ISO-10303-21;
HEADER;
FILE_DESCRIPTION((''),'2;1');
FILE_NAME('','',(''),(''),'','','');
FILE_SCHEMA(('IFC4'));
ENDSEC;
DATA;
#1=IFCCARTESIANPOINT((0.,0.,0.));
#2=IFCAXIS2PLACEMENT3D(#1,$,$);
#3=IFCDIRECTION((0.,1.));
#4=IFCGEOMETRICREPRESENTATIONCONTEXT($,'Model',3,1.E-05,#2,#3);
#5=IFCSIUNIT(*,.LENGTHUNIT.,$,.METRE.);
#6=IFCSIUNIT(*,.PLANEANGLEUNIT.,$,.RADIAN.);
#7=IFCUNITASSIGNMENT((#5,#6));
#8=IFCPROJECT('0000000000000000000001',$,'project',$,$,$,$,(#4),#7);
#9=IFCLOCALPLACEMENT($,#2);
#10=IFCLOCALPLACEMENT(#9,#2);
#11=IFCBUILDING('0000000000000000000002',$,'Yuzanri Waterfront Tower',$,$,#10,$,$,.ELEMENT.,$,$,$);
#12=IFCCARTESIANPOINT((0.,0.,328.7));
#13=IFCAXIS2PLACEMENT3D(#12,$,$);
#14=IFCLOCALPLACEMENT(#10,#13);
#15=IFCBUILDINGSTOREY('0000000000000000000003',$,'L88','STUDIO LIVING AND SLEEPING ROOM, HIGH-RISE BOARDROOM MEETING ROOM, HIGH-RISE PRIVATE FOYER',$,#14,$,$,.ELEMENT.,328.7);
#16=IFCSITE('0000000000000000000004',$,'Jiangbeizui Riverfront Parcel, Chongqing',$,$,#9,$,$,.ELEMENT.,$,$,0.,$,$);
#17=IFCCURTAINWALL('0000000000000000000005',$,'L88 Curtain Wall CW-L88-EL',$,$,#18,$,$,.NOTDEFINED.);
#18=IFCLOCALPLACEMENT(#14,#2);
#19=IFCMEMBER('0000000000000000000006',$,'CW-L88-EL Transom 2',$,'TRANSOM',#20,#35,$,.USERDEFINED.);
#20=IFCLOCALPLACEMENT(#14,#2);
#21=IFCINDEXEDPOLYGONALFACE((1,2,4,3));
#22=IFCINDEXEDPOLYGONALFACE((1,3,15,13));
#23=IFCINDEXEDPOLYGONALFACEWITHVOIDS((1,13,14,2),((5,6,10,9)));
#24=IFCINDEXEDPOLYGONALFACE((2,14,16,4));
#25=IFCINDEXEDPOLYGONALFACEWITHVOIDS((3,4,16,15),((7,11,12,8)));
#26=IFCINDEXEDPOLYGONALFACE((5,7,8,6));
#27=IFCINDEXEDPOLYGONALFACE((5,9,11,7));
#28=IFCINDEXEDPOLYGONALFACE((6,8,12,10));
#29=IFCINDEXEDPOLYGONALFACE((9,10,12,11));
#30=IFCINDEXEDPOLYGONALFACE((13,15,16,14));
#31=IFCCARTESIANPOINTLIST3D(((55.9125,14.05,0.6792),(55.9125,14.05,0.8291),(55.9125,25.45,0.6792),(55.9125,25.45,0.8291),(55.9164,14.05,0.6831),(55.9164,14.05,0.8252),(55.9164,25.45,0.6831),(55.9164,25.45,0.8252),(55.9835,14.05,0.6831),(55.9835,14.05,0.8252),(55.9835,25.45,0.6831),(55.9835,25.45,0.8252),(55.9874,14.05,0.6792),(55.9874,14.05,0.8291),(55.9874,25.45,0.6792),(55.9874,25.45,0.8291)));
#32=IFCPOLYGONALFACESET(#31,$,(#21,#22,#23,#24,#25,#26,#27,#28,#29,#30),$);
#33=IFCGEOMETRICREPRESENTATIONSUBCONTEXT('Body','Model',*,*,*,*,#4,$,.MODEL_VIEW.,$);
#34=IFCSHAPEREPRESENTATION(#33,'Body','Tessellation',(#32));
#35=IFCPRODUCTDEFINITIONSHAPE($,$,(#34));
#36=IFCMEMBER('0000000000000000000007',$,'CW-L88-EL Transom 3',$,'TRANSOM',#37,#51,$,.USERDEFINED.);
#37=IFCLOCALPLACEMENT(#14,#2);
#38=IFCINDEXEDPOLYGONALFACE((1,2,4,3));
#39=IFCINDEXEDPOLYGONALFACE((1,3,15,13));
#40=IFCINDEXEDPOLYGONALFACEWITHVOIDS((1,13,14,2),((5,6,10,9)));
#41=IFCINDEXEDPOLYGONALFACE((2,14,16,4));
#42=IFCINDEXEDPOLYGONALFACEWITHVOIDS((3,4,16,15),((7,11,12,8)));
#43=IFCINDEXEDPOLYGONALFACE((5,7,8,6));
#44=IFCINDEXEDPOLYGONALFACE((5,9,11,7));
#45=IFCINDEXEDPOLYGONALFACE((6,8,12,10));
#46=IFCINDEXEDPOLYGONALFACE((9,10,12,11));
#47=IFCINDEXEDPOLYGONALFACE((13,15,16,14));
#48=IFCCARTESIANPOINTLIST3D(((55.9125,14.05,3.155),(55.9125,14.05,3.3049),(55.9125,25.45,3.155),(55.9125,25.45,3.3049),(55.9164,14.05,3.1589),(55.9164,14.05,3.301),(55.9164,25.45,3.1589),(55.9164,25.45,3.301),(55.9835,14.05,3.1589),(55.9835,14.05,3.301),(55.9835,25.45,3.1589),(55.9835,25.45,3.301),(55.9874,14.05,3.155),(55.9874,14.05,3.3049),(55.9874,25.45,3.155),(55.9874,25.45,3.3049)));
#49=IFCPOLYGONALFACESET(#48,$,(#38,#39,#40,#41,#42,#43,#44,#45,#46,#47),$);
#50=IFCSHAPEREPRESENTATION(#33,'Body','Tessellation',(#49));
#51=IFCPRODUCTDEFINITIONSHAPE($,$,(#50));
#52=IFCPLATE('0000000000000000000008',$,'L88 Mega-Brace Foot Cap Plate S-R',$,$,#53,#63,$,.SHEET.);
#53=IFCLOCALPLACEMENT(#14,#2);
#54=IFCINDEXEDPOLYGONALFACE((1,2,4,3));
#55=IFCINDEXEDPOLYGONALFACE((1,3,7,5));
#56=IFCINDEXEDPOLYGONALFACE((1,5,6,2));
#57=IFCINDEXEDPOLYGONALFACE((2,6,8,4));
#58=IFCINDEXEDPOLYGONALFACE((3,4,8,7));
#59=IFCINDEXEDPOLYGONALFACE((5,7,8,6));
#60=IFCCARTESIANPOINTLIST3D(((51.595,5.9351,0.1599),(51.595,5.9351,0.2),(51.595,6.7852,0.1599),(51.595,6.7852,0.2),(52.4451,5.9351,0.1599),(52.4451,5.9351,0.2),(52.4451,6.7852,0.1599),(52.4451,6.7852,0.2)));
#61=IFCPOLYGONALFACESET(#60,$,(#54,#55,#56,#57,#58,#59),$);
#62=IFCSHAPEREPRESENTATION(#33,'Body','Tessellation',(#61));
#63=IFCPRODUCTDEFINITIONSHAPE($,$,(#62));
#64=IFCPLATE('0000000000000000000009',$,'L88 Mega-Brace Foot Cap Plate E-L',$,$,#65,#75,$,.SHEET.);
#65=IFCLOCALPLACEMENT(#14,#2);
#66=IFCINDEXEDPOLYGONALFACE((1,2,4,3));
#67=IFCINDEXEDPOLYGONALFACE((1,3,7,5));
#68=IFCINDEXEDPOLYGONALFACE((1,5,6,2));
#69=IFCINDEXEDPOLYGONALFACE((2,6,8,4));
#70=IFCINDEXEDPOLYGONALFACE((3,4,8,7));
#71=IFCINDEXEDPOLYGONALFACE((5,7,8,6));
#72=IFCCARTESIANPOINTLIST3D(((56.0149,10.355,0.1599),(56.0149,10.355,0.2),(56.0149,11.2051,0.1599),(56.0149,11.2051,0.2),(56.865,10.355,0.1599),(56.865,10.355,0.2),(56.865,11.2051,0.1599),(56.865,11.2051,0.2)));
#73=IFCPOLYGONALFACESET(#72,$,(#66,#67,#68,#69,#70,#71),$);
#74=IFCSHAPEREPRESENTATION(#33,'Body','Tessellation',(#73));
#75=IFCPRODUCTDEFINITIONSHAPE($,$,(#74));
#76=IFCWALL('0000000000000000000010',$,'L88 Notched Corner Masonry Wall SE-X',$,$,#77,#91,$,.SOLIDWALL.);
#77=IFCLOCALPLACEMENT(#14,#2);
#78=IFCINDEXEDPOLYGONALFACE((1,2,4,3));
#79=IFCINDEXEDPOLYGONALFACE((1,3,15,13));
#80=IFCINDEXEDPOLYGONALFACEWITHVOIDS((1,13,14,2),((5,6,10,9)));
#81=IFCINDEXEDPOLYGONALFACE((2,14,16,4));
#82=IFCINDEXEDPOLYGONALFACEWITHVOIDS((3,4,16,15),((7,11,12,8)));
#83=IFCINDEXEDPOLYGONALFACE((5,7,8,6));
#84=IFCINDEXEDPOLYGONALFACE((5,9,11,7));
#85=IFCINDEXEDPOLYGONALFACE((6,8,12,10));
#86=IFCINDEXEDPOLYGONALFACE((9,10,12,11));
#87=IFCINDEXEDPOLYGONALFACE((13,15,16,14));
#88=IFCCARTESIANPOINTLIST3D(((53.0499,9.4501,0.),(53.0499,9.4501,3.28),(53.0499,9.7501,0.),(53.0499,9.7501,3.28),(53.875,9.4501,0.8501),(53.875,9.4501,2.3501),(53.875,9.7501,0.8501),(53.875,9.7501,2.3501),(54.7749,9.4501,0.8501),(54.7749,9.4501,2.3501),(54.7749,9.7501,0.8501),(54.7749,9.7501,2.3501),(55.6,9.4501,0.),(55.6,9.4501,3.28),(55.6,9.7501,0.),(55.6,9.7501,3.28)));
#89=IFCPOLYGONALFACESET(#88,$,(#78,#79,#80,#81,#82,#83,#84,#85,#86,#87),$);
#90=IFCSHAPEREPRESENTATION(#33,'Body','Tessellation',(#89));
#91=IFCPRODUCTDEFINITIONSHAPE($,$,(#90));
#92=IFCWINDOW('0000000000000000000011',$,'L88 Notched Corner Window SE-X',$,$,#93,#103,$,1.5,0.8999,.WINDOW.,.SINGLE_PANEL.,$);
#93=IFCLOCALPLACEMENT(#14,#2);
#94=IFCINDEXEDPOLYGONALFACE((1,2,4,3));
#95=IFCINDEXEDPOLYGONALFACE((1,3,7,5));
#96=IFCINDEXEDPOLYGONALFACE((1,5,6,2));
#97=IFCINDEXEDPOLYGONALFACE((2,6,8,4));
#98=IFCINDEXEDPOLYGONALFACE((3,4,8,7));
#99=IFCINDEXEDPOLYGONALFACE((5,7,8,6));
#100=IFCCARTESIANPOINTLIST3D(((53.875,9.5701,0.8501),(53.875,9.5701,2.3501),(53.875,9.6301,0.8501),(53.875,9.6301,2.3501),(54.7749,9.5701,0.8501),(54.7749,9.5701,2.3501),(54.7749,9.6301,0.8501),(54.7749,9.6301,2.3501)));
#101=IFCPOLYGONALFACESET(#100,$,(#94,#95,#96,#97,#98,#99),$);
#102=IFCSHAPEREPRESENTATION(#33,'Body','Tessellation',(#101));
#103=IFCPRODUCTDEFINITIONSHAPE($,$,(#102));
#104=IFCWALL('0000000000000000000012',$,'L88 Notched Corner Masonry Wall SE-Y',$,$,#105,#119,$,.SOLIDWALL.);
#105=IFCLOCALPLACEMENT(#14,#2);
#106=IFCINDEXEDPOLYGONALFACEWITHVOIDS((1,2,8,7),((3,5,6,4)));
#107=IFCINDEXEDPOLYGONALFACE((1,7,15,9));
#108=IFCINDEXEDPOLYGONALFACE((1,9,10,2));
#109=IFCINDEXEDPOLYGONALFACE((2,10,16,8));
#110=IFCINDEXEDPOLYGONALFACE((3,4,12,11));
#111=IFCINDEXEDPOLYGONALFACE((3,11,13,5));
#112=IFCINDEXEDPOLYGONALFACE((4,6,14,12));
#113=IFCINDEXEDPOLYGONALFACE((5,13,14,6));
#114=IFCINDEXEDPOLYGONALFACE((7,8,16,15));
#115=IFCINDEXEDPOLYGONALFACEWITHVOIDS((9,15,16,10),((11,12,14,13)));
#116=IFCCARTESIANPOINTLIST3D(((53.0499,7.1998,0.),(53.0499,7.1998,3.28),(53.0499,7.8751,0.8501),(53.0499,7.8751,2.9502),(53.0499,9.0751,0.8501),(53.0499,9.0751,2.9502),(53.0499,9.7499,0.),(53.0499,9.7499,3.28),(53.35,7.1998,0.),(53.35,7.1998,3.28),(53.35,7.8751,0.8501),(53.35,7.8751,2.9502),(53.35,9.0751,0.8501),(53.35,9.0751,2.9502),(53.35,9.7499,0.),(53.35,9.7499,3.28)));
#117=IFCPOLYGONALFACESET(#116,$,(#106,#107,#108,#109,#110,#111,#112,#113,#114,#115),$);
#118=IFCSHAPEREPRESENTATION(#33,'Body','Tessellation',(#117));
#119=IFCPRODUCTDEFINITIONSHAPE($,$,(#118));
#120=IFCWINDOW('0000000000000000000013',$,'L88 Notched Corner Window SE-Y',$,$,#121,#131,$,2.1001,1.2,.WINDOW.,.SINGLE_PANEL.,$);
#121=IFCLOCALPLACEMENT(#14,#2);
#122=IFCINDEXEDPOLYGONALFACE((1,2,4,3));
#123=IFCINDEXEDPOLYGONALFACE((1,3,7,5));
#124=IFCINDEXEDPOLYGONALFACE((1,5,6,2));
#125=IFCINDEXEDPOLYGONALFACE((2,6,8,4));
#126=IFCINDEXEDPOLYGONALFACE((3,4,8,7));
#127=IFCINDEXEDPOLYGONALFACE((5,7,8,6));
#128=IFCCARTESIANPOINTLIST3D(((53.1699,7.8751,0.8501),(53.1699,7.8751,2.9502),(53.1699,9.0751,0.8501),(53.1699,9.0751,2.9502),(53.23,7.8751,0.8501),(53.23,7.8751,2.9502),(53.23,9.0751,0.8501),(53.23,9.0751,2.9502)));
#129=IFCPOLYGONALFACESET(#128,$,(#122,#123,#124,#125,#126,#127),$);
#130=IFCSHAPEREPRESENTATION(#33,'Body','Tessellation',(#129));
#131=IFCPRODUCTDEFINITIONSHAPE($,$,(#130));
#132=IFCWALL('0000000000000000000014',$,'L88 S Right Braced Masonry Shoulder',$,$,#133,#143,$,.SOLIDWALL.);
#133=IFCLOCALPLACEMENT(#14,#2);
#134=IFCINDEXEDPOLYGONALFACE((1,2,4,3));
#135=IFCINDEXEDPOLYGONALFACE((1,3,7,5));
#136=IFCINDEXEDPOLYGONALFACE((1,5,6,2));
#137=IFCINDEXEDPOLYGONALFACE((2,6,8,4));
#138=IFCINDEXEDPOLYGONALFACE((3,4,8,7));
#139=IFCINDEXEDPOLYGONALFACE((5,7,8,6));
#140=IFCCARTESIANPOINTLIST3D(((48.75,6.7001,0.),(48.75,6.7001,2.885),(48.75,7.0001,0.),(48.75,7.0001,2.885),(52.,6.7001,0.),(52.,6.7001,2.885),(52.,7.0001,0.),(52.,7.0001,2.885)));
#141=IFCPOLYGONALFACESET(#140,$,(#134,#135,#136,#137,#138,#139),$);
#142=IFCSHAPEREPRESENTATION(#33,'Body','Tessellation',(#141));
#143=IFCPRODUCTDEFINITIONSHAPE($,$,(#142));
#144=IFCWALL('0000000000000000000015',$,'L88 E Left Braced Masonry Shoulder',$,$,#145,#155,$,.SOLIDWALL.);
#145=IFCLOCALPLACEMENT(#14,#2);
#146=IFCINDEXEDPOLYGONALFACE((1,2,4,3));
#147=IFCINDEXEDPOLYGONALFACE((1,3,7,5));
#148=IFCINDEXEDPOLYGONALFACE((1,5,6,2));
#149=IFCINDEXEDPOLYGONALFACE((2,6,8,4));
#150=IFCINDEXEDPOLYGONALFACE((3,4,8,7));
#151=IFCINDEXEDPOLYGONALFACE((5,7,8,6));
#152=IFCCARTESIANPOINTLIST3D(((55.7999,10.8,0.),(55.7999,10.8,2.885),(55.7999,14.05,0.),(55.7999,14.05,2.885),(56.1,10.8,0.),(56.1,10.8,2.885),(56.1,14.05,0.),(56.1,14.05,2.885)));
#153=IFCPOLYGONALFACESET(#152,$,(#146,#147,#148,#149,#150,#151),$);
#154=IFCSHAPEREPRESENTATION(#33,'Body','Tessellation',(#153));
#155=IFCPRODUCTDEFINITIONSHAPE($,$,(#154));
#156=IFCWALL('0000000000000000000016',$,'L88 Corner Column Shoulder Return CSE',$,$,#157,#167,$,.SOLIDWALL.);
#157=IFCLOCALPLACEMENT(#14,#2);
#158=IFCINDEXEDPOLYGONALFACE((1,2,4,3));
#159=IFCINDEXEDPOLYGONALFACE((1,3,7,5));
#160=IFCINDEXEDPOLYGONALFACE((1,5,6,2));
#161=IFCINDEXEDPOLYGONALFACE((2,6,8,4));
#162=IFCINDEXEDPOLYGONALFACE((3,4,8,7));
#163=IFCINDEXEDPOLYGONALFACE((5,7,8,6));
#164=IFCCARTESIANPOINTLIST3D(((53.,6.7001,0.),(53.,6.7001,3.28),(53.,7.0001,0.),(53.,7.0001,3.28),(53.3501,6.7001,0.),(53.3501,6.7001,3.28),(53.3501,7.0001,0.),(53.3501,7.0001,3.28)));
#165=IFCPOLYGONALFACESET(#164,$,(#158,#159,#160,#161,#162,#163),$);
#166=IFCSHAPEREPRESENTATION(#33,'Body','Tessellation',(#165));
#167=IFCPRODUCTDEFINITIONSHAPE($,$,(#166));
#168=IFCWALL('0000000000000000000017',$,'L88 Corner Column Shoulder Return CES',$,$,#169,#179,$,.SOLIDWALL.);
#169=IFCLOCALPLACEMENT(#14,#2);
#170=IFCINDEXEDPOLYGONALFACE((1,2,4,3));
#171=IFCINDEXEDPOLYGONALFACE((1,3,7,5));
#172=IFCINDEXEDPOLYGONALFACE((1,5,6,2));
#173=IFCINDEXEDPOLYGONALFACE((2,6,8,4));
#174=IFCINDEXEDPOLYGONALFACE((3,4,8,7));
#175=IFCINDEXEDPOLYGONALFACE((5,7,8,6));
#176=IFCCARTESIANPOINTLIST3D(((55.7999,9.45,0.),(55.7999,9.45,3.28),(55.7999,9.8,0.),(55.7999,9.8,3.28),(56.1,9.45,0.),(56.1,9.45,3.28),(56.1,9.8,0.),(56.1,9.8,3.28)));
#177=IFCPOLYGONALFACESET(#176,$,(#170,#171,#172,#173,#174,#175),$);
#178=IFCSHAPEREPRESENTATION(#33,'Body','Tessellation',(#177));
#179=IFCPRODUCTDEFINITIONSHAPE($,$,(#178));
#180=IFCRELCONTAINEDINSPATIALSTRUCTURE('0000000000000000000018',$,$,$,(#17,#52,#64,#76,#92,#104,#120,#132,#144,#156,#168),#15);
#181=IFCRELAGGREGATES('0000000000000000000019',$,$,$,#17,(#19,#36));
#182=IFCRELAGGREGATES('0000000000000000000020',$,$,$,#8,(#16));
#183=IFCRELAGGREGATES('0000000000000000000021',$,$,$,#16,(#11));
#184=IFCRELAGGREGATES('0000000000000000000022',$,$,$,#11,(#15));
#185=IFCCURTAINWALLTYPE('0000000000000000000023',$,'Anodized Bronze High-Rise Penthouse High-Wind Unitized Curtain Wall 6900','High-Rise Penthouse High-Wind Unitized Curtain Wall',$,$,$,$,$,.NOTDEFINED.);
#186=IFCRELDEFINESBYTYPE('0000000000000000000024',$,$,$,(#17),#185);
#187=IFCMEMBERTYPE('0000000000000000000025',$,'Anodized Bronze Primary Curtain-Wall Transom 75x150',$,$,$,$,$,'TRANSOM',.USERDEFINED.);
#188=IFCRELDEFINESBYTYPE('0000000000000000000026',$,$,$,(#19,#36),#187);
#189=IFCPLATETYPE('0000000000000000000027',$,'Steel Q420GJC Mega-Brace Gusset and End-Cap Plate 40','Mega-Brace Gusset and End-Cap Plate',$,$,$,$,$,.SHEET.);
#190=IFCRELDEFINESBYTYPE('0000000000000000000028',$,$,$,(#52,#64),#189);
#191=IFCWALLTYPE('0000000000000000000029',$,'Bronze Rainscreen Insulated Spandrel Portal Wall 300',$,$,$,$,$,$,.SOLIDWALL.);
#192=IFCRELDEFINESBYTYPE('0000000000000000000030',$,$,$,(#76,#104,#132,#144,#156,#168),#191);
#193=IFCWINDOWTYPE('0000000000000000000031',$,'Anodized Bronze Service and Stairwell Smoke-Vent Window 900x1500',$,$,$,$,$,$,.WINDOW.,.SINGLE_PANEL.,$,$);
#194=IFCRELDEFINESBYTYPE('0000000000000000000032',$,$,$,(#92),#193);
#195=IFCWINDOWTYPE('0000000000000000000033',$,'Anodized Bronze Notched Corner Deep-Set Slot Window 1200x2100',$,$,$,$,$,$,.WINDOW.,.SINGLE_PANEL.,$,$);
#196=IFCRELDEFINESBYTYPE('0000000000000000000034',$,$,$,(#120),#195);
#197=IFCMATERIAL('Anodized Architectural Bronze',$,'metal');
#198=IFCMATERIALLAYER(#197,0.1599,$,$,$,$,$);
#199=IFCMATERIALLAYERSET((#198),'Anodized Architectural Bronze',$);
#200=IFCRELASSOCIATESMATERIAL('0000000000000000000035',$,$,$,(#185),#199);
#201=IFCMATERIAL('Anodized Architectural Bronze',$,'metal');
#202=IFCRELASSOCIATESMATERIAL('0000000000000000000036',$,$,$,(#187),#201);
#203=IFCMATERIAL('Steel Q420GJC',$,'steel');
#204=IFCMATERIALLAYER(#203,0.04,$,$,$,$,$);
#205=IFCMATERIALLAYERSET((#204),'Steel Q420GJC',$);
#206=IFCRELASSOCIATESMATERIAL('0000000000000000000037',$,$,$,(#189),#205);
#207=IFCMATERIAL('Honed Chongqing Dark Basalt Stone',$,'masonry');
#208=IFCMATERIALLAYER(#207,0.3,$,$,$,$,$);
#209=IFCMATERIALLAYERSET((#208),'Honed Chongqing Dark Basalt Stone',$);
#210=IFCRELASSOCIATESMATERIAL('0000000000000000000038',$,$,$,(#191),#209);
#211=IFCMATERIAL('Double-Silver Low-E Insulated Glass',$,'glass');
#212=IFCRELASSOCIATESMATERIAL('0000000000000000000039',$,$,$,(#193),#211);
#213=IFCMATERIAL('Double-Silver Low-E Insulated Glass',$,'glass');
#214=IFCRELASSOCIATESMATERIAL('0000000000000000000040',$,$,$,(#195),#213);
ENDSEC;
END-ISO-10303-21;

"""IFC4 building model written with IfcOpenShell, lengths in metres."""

from ifc_helpers import new_model, si_unit, direction, frame, frame_2d, origin, origin_2d, place, context, subcontext, project, spatial, rectangle, hollow_rectangle, extrude, source, transform, mapped, material, layer, layer_set, material_profile, profile_set, type_object, element, fill, aggregate, save


model = new_model("IFC4")

# Units and contexts
model_context = context("Model", 3, precision=1e-05, world=origin(), true_north=direction((0.0, 1.0)))
body_context = subcontext(model_context, "Body", "Model", "MODEL_VIEW")
ifc_project = project(units=[si_unit("LENGTHUNIT", "METRE"), si_unit("PLANEANGLEUNIT", "RADIAN")], contexts=[model_context])

# Site, building, storey
site_placement = place(None, origin())
site = spatial("IfcSite", under=ifc_project, at=site_placement, Name="Jiangbeizui Riverfront Parcel, Chongqing", CompositionType="ELEMENT", RefElevation=0.0)
building_placement = place(site_placement, origin())
building = spatial("IfcBuilding", under=site, at=building_placement, Name="Yuzanri Waterfront Tower", CompositionType="ELEMENT")
storey_placement = place(building_placement, frame((0.0, 0.0, 328.7)))
storey = spatial("IfcBuildingStorey", under=building, at=storey_placement, Name="L88", Description="STUDIO LIVING AND SLEEPING ROOM, HIGH-RISE BOARDROOM MEETING ROOM, HIGH-RISE PRIVATE FOYER", CompositionType="ELEMENT", Elevation=328.7)

# Curtain wall, members
ifc_material_1 = material(Name="Anodized Architectural Bronze", Category="metal")
ifc_layer_1 = layer(ifc_material_1, 0.1599)
ifc_layer_set_1 = layer_set([ifc_layer_1], Name="Anodized Architectural Bronze")
curtain_wall_type = type_object("IfcCurtainWallType", Name="Anodized Bronze High-Rise Penthouse High-Wind Unitized Curtain Wall 6900", Description="High-Rise Penthouse High-Wind Unitized Curtain Wall", PredefinedType="NOTDEFINED", material=ifc_layer_set_1)
curtain_wall_1_placement = place(storey_placement, origin())
curtain_wall_1 = element("IfcCurtainWall", 1, at=curtain_wall_1_placement, inside=storey, type_object=curtain_wall_type, Name="L88 Curtain Wall CW-L88-EL", PredefinedType="NOTDEFINED")
ifc_material_2 = material(Name="Anodized Architectural Bronze", Category="metal")
ifc_material_profile_1 = material_profile(ifc_material_2, hollow_rectangle(XDim=0.075, YDim=0.1499, WallThickness=0.0039, at=origin_2d()), Name="CWT 75x150")
ifc_profile_set_1 = profile_set([ifc_material_profile_1], Name="Anodized Architectural Bronze")
member_type_1 = type_object("IfcMemberType", Name="Anodized Bronze Primary Curtain-Wall Transom 75x150", ElementType="TRANSOM", PredefinedType="USERDEFINED", material=ifc_profile_set_1)
shared_shape_1 = source(origin(), body_context, "Body", "SweptSolid", [
    extrude(hollow_rectangle(XDim=0.075, YDim=0.1499, WallThickness=0.0039, at=origin_2d()), origin(), (0.0, 0.0, 1.0), 11.3999),
])
member_1_placement = place(storey_placement, frame((55.95, 14.05, 0.7542), z_axis=(0.0, 1.0, 0.0), x_axis=(-1.0, 0.0, 0.0)))
member_1 = element("IfcMember", 2, at=member_1_placement, type_object=member_type_1, Name="CW-L88-EL Transom 2", ObjectType="TRANSOM", PredefinedType="USERDEFINED", context=body_context, shape_type="MappedRepresentation", body=[
    mapped(shared_shape_1, transform((0.0, 0.0, 0.0), scale=1.0)),
])
member_2_placement = place(storey_placement, frame((55.95, 14.05, 3.23), z_axis=(0.0, 1.0, 0.0), x_axis=(-1.0, 0.0, 0.0)))
member_2 = element("IfcMember", 3, at=member_2_placement, type_object=member_type_1, Name="CW-L88-EL Transom 3", ObjectType="TRANSOM", PredefinedType="USERDEFINED", context=body_context, shape_type="MappedRepresentation", body=[
    mapped(shared_shape_1, transform((0.0, 0.0, 0.0), scale=1.0)),
])
aggregate(curtain_wall_1, [member_1, member_2])

# Plates
ifc_material_3 = material(Name="Steel Q420GJC", Category="steel")
ifc_layer_2 = layer(ifc_material_3, 0.04)
ifc_layer_set_2 = layer_set([ifc_layer_2], Name="Steel Q420GJC")
plate_type = type_object("IfcPlateType", Name="Steel Q420GJC Mega-Brace Gusset and End-Cap Plate 40", Description="Mega-Brace Gusset and End-Cap Plate", PredefinedType="SHEET", material=ifc_layer_set_2)
shared_shape_2 = source(origin(), body_context, "Body", "SweptSolid", [
    extrude(rectangle(XDim=0.8501, YDim=0.8501, at=origin_2d()), origin(), (0.0, 0.0, 1.0), 0.04),
])
for number, where, z_axis, x_axis, name in (
    (4, (52.02, 6.3601, 0.1599), (0.0, 0.0, 1.0), (1.0, 0.0, 0.0), "L88 Mega-Brace Foot Cap Plate S-R"),
    (5, (56.4399, 10.78, 0.1599), (0.0, 0.0, 1.0), (1.0, 0.0, 0.0), "L88 Mega-Brace Foot Cap Plate E-L"),
):
    element("IfcPlate", number, at=place(storey_placement, frame(where, z_axis=z_axis, x_axis=x_axis)), inside=storey, type_object=plate_type, Name=name, PredefinedType="SHEET", context=body_context, shape_type="MappedRepresentation", body=[
        mapped(shared_shape_2, transform((0.0, 0.0, 0.0), scale=1.0)),
    ])

# Walls, openings, windows
ifc_material_4 = material(Name="Honed Chongqing Dark Basalt Stone", Category="masonry")
ifc_layer_3 = layer(ifc_material_4, 0.3)
ifc_layer_set_3 = layer_set([ifc_layer_3], Name="Honed Chongqing Dark Basalt Stone")
wall_type_1 = type_object("IfcWallType", Name="Bronze Rainscreen Insulated Spandrel Portal Wall 300", PredefinedType="SOLIDWALL", material=ifc_layer_set_3)
wall_1_placement = place(storey_placement, frame((53.05, 9.6001, 0.0), z_axis=(0.0, 0.0, 1.0), x_axis=(1.0, 0.0, 0.0)))
wall_1 = element("IfcWall", 6, at=wall_1_placement, inside=storey, type_object=wall_type_1, Name="L88 Notched Corner Masonry Wall SE-X", PredefinedType="SOLIDWALL", context=body_context, shape_type="SweptSolid", body=[
    extrude(rectangle(XDim=2.55, YDim=0.3, at=frame_2d((1.2749, 0.0))), origin(), (0.0, 0.0, 1.0), 3.28),
])
opening_1_placement = place(wall_1_placement, frame((0.825, 0.0, 0.8501)))
opening_1 = element("IfcOpeningElement", 7, at=opening_1_placement, cuts=wall_1, PredefinedType="OPENING", context=body_context, shape_type="SweptSolid", body=[
    extrude(rectangle(XDim=0.8999, YDim=1.5, at=frame_2d((0.45, 0.75))), frame((0.0, 0.165, 0.0), z_axis=(0.0, -1.0, 0.0), x_axis=(1.0, 0.0, 0.0)), (0.0, 0.0, 1.0), 0.3298),
])
ifc_material_5 = material(Name="Double-Silver Low-E Insulated Glass", Category="glass")
window_type_1 = type_object("IfcWindowType", Name="Anodized Bronze Service and Stairwell Smoke-Vent Window 900x1500", PartitioningType="SINGLE_PANEL", PredefinedType="WINDOW", material=ifc_material_5)
shared_shape_3 = source(origin(), body_context, "Body", "SweptSolid", [
    extrude(rectangle(XDim=0.8999, YDim=1.5, at=frame_2d((0.45, 0.75))), frame((0.0, 0.03, 0.0), z_axis=(0.0, -1.0, 0.0), x_axis=(1.0, 0.0, 0.0)), (0.0, 0.0, 1.0), 0.0601),
])
window_1_placement = place(opening_1_placement, origin())
window_1 = element("IfcWindow", 8, at=window_1_placement, inside=storey, type_object=window_type_1, Name="L88 Notched Corner Window SE-X", OverallHeight=1.5, OverallWidth=0.8999, PartitioningType="SINGLE_PANEL", PredefinedType="WINDOW", context=body_context, shape_type="MappedRepresentation", body=[
    mapped(shared_shape_3, transform((0.0, 0.0, 0.0), scale=1.0)),
])
fill(opening_1, window_1)
wall_2_placement = place(storey_placement, frame((53.2, 7.2, 0.0), z_axis=(0.0, 0.0, 1.0), x_axis=(0.0, 1.0, 0.0)))
wall_2 = element("IfcWall", 9, at=wall_2_placement, inside=storey, type_object=wall_type_1, Name="L88 Notched Corner Masonry Wall SE-Y", PredefinedType="SOLIDWALL", context=body_context, shape_type="SweptSolid", body=[
    extrude(rectangle(XDim=2.55, YDim=0.3, at=frame_2d((1.2749, 0.0))), origin(), (0.0, 0.0, 1.0), 3.28),
])
opening_2_placement = place(wall_2_placement, frame((0.675, 0.0, 0.8501)))
opening_2 = element("IfcOpeningElement", 10, at=opening_2_placement, cuts=wall_2, PredefinedType="OPENING", context=body_context, shape_type="SweptSolid", body=[
    extrude(rectangle(XDim=1.2, YDim=2.1001, at=frame_2d((0.6001, 1.05))), frame((0.0, 0.165, 0.0), z_axis=(0.0, -1.0, 0.0), x_axis=(1.0, 0.0, 0.0)), (0.0, 0.0, 1.0), 0.3298),
])
ifc_material_6 = material(Name="Double-Silver Low-E Insulated Glass", Category="glass")
window_type_2 = type_object("IfcWindowType", Name="Anodized Bronze Notched Corner Deep-Set Slot Window 1200x2100", PartitioningType="SINGLE_PANEL", PredefinedType="WINDOW", material=ifc_material_6)
shared_shape_4 = source(origin(), body_context, "Body", "SweptSolid", [
    extrude(rectangle(XDim=1.2, YDim=2.1001, at=frame_2d((0.6001, 1.05))), frame((0.0, 0.03, 0.0), z_axis=(0.0, -1.0, 0.0), x_axis=(1.0, 0.0, 0.0)), (0.0, 0.0, 1.0), 0.0601),
])
window_2_placement = place(opening_2_placement, origin())
window_2 = element("IfcWindow", 11, at=window_2_placement, inside=storey, type_object=window_type_2, Name="L88 Notched Corner Window SE-Y", OverallHeight=2.1001, OverallWidth=1.2, PartitioningType="SINGLE_PANEL", PredefinedType="WINDOW", context=body_context, shape_type="MappedRepresentation", body=[
    mapped(shared_shape_4, transform((0.0, 0.0, 0.0), scale=1.0)),
])
fill(opening_2, window_2)

# Walls
shared_shape_5 = source(origin(), body_context, "Body", "SweptSolid", [
    extrude(rectangle(XDim=3.25, YDim=0.3, at=frame_2d((1.625, 0.0))), origin(), (0.0, 0.0, 1.0), 2.885),
])
for number, where, z_axis, x_axis, name in (
    (12, (48.75, 6.8501, 0.0), (0.0, 0.0, 1.0), (1.0, 0.0, 0.0), "L88 S Right Braced Masonry Shoulder"),
    (13, (55.95, 10.8, 0.0), (0.0, 0.0, 1.0), (0.0, 1.0, 0.0), "L88 E Left Braced Masonry Shoulder"),
):
    element("IfcWall", number, at=place(storey_placement, frame(where, z_axis=z_axis, x_axis=x_axis)), inside=storey, type_object=wall_type_1, Name=name, PredefinedType="SOLIDWALL", context=body_context, shape_type="MappedRepresentation", body=[
        mapped(shared_shape_5, transform((0.0, 0.0, 0.0), scale=1.0)),
    ])
shared_shape_6 = source(origin(), body_context, "Body", "SweptSolid", [
    extrude(rectangle(XDim=0.3501, YDim=0.3, at=frame_2d((0.175, 0.0))), origin(), (0.0, 0.0, 1.0), 3.28),
])
for number, where, z_axis, x_axis, name in (
    (14, (53.0, 6.8501, 0.0), (0.0, 0.0, 1.0), (1.0, 0.0, 0.0), "L88 Corner Column Shoulder Return CSE"),
    (15, (55.95, 9.45, 0.0), (0.0, 0.0, 1.0), (0.0, 1.0, 0.0), "L88 Corner Column Shoulder Return CES"),
):
    element("IfcWall", number, at=place(storey_placement, frame(where, z_axis=z_axis, x_axis=x_axis)), inside=storey, type_object=wall_type_1, Name=name, PredefinedType="SOLIDWALL", context=body_context, shape_type="MappedRepresentation", body=[
        mapped(shared_shape_6, transform((0.0, 0.0, 0.0), scale=1.0)),
    ])

save(model, "model.ifc")
